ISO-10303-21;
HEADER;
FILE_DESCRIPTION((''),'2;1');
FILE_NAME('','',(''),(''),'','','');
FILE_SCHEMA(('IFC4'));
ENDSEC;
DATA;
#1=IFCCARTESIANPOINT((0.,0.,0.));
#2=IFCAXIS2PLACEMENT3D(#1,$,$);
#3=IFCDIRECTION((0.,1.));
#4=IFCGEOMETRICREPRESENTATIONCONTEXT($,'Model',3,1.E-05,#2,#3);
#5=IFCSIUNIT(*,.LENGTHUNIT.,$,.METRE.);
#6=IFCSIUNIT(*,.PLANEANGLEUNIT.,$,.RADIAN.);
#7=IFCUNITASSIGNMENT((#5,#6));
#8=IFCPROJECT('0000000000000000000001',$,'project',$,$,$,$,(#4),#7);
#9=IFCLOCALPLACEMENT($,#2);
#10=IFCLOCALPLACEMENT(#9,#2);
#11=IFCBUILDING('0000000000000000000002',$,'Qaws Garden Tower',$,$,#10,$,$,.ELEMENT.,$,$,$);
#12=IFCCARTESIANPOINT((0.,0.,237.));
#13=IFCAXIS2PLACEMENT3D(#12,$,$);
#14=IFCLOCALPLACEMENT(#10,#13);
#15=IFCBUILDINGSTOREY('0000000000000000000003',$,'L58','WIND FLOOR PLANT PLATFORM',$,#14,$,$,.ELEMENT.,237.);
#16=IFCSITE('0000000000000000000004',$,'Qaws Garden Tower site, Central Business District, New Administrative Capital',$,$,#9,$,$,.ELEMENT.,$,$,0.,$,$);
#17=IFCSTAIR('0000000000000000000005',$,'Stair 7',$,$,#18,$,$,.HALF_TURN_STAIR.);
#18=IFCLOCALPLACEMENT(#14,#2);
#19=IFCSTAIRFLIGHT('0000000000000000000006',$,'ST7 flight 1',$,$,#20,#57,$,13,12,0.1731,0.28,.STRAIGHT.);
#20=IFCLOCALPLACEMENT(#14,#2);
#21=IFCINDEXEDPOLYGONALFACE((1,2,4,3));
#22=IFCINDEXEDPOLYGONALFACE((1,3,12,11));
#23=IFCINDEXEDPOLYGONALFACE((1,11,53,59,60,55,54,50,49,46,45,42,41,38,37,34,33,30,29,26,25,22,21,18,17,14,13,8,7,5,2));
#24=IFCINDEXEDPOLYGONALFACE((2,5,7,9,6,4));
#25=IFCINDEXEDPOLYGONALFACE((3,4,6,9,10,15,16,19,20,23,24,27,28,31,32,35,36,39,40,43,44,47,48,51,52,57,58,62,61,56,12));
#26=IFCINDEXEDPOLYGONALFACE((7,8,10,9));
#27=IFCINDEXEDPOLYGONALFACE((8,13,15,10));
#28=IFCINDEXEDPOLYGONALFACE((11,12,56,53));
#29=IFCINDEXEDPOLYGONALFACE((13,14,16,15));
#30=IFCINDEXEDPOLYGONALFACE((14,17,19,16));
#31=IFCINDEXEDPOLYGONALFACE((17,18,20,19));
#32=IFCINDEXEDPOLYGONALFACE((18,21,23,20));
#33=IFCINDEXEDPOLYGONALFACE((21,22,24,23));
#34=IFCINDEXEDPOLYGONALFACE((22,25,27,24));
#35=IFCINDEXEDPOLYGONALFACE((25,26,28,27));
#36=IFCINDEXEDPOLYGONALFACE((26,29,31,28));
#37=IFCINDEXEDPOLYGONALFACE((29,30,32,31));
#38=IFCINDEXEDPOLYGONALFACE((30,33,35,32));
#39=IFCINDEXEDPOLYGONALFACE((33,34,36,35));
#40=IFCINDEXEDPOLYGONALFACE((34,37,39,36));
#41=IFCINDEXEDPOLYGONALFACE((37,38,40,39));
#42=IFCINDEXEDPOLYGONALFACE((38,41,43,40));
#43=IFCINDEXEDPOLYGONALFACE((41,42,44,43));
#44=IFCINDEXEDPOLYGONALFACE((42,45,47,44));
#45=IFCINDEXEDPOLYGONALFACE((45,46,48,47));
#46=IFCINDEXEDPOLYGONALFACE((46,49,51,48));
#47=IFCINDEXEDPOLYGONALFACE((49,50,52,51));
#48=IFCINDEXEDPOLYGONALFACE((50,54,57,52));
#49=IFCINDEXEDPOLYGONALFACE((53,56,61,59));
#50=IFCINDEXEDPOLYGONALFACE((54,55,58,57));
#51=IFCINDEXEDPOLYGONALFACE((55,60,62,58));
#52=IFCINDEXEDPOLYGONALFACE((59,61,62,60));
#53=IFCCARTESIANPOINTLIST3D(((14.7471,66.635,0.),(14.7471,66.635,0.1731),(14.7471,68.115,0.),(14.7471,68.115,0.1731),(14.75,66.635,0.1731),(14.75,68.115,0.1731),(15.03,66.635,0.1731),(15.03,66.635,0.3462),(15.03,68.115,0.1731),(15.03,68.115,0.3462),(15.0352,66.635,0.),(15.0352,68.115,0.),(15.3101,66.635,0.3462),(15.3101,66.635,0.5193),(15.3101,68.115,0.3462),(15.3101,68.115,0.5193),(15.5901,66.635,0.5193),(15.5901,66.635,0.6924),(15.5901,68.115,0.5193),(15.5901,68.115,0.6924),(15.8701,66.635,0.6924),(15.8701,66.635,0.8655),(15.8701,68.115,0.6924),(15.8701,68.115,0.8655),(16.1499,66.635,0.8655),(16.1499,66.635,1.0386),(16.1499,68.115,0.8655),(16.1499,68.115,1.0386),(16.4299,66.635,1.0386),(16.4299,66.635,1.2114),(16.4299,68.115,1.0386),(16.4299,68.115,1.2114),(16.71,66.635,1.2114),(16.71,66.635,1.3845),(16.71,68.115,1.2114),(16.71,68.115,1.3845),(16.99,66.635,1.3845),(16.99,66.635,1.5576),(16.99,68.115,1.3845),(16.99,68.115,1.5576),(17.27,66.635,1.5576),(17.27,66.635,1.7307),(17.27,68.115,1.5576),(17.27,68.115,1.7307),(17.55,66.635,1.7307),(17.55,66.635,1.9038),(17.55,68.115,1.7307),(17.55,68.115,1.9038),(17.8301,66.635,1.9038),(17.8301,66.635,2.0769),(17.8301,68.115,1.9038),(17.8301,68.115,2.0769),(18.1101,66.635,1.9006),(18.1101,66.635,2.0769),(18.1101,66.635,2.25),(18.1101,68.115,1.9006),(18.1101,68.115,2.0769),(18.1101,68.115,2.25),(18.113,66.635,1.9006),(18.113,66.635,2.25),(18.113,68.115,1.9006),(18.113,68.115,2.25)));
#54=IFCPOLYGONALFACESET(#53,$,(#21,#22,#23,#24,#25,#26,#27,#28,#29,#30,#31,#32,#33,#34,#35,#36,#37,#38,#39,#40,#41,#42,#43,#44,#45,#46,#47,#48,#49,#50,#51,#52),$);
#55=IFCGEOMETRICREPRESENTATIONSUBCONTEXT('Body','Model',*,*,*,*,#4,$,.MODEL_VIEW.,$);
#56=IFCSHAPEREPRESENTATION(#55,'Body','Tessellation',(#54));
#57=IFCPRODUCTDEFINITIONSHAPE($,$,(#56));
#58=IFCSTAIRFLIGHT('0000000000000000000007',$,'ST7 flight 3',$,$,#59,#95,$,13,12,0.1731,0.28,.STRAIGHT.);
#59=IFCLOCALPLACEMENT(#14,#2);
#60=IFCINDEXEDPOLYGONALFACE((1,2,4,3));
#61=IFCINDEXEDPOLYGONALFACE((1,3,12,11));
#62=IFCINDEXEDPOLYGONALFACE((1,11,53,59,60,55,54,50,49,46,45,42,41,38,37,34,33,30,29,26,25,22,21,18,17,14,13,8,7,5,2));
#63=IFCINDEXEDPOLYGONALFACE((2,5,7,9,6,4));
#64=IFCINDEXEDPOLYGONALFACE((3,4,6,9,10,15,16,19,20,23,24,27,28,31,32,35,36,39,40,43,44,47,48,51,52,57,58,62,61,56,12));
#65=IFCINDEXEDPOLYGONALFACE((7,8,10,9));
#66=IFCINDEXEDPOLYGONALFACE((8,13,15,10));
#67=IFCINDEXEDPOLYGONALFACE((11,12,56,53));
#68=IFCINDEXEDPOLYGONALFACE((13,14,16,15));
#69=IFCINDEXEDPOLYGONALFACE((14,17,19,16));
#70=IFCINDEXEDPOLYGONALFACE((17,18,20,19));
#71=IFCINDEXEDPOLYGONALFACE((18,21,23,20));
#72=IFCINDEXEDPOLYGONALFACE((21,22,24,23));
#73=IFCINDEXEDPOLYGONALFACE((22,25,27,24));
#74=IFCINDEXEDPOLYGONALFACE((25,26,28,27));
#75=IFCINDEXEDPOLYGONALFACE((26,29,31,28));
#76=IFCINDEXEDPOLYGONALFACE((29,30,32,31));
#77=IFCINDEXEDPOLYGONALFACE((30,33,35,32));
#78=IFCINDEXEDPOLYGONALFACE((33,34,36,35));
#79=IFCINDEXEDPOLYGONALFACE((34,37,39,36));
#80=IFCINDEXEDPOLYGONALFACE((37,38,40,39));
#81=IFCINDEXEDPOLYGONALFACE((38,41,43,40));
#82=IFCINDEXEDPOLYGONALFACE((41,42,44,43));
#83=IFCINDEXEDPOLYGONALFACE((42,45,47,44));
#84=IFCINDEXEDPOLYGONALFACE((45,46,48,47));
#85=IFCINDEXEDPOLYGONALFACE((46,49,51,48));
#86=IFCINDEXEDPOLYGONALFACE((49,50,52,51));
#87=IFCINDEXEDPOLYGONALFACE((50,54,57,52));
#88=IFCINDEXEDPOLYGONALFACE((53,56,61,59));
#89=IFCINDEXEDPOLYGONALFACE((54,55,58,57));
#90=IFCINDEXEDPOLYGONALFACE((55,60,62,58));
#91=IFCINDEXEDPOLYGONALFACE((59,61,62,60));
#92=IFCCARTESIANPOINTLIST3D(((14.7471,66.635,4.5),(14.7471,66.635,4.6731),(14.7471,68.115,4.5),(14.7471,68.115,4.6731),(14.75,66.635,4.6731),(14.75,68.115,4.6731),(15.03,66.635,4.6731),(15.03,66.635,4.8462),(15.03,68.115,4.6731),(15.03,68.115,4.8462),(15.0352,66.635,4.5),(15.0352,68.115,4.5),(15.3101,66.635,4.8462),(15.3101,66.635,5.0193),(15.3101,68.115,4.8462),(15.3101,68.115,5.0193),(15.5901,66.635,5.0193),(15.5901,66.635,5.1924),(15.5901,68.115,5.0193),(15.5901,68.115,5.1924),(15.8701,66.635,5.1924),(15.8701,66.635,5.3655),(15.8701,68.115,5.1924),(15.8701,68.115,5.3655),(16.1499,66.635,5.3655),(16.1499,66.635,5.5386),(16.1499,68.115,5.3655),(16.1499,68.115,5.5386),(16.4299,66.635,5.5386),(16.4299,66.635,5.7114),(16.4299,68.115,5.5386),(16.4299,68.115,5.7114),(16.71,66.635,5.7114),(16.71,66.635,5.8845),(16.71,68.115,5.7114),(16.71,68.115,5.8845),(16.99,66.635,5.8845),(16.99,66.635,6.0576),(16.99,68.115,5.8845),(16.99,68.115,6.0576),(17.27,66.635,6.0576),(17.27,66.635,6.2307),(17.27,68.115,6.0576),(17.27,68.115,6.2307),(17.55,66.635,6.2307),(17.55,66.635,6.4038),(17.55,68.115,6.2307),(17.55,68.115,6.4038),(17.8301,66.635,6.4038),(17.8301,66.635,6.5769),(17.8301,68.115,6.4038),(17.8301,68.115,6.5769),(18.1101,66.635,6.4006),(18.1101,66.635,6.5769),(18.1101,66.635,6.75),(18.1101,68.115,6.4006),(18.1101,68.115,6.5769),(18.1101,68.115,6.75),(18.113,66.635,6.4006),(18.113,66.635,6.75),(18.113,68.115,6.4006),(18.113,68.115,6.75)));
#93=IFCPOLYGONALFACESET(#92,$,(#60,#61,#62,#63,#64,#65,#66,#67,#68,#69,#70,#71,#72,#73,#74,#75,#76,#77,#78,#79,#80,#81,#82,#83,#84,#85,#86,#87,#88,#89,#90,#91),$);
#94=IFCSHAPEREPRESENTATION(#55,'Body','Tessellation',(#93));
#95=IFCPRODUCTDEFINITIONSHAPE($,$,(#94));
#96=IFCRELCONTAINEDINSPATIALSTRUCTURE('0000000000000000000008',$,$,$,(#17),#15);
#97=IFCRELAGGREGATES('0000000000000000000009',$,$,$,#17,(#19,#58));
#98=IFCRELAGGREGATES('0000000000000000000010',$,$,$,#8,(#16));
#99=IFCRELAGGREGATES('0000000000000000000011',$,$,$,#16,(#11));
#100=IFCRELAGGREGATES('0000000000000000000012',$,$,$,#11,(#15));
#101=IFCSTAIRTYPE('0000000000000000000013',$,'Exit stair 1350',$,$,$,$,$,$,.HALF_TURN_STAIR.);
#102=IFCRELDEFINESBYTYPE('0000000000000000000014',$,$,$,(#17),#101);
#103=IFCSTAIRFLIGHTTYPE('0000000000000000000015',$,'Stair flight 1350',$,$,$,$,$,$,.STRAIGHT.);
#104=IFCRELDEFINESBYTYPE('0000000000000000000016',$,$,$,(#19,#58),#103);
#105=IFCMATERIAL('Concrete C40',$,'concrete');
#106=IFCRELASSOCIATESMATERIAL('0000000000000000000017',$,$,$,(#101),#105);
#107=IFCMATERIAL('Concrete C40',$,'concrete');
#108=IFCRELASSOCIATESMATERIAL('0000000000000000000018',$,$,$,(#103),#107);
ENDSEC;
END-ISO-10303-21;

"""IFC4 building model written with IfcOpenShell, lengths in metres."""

from ifc_helpers import new_model, si_unit, direction, frame, origin, place, context, subcontext, project, spatial, polyline, outline, extrude, material, type_object, element, aggregate, save


model = new_model("IFC4")

# Units and contexts
model_context = context("Model", 3, precision=1e-05, world=origin(), true_north=direction((0.0, 1.0)))
body_context = subcontext(model_context, "Body", "Model", "MODEL_VIEW")
ifc_project = project(units=[si_unit("LENGTHUNIT", "METRE"), si_unit("PLANEANGLEUNIT", "RADIAN")], contexts=[model_context])

# Site, building, storey
site_placement = place(None, origin())
site = spatial("IfcSite", under=ifc_project, at=site_placement, Name="Qaws Garden Tower site, Central Business District, New Administrative Capital", CompositionType="ELEMENT", RefElevation=0.0)
building_placement = place(site_placement, origin())
building = spatial("IfcBuilding", under=site, at=building_placement, Name="Qaws Garden Tower", CompositionType="ELEMENT")
storey_placement = place(building_placement, frame((0.0, 0.0, 237.0)))
storey = spatial("IfcBuildingStorey", under=building, at=storey_placement, Name="L58", Description="WIND FLOOR PLANT PLATFORM", CompositionType="ELEMENT", Elevation=237.0)

# Stair, stair flights
ifc_material_1 = material(Name="Concrete C40", Category="concrete")
stair_type = type_object("IfcStairType", Name="Exit stair 1350", PredefinedType="HALF_TURN_STAIR", material=ifc_material_1)
placement_1 = place(storey_placement, origin())
ifc_material_2 = material(Name="Concrete C40", Category="concrete")
stair_flight_type = type_object("IfcStairFlightType", Name="Stair flight 1350", PredefinedType="STRAIGHT", material=ifc_material_2)
stair_1 = element("IfcStair", 1, at=placement_1, inside=storey, type_object=stair_type, Name="Stair 7", PredefinedType="HALF_TURN_STAIR")
stair_flight_1_placement = place(storey_placement, frame((14.75, 67.375, 0.0), z_axis=(0.0, 0.0, 1.0), x_axis=(1.0, 0.0, 0.0)))
stair_flight_1 = element("IfcStairFlight", 2, at=stair_flight_1_placement, type_object=stair_flight_type, Name="ST7 flight 1", NumberOfRisers=13, NumberOfTreads=12, PredefinedType="STRAIGHT", RiserHeight=0.1731, TreadLength=0.28, context=body_context, shape_type="SweptSolid", body=[
    extrude(outline(polyline([(-0.0029, 0.0), (-0.0029, 0.1731), (0.0, 0.1731), (0.28, 0.1731), (0.28, 0.3462), (0.5601, 0.3462), (0.5601, 0.5193), (0.8401, 0.5193), (0.8401, 0.6924), (1.1201, 0.6924), (1.1201, 0.8655), (1.3999, 0.8655), (1.3999, 1.0386), (1.6799, 1.0386), (1.6799, 1.2114), (1.96, 1.2114), (1.96, 1.3845), (2.24, 1.3845), (2.24, 1.5576), (2.52, 1.5576), (2.52, 1.7307), (2.8, 1.7307), (2.8, 1.9038), (3.0801, 1.9038), (3.0801, 2.0769), (3.3601, 2.0769), (3.3601, 2.25), (3.363, 2.25), (3.363, 1.9006), (3.3601, 1.9006), (0.2852, 0.0), (-0.0029, 0.0)])), frame((0.0, 0.74, 0.0), z_axis=(0.0, -1.0, 0.0), x_axis=(1.0, 0.0, 0.0)), (0.0, 0.0, 1.0), 1.48),
])
stair_flight_2_placement = place(storey_placement, frame((14.75, 67.375, 4.5), z_axis=(0.0, 0.0, 1.0), x_axis=(1.0, 0.0, 0.0)))
stair_flight_2 = element("IfcStairFlight", 3, at=stair_flight_2_placement, type_object=stair_flight_type, Name="ST7 flight 3", NumberOfRisers=13, NumberOfTreads=12, PredefinedType="STRAIGHT", RiserHeight=0.1731, TreadLength=0.28, context=body_context, shape_type="SweptSolid", body=[
    extrude(outline(polyline([(-0.0029, 0.0), (-0.0029, 0.1731), (0.0, 0.1731), (0.28, 0.1731), (0.28, 0.3462), (0.5601, 0.3462), (0.5601, 0.5193), (0.8401, 0.5193), (0.8401, 0.6924), (1.1201, 0.6924), (1.1201, 0.8655), (1.3999, 0.8655), (1.3999, 1.0386), (1.6799, 1.0386), (1.6799, 1.2114), (1.96, 1.2114), (1.96, 1.3845), (2.24, 1.3845), (2.24, 1.5576), (2.52, 1.5576), (2.52, 1.7307), (2.8, 1.7307), (2.8, 1.9038), (3.0801, 1.9038), (3.0801, 2.0769), (3.3601, 2.0769), (3.3601, 2.25), (3.363, 2.25), (3.363, 1.9006), (3.3601, 1.9006), (0.2852, 0.0), (-0.0029, 0.0)])), frame((0.0, 0.74, 0.0), z_axis=(0.0, -1.0, 0.0), x_axis=(1.0, 0.0, 0.0)), (0.0, 0.0, 1.0), 1.48),
])
aggregate(stair_1, [stair_flight_1, stair_flight_2])

save(model, "model.ifc")
